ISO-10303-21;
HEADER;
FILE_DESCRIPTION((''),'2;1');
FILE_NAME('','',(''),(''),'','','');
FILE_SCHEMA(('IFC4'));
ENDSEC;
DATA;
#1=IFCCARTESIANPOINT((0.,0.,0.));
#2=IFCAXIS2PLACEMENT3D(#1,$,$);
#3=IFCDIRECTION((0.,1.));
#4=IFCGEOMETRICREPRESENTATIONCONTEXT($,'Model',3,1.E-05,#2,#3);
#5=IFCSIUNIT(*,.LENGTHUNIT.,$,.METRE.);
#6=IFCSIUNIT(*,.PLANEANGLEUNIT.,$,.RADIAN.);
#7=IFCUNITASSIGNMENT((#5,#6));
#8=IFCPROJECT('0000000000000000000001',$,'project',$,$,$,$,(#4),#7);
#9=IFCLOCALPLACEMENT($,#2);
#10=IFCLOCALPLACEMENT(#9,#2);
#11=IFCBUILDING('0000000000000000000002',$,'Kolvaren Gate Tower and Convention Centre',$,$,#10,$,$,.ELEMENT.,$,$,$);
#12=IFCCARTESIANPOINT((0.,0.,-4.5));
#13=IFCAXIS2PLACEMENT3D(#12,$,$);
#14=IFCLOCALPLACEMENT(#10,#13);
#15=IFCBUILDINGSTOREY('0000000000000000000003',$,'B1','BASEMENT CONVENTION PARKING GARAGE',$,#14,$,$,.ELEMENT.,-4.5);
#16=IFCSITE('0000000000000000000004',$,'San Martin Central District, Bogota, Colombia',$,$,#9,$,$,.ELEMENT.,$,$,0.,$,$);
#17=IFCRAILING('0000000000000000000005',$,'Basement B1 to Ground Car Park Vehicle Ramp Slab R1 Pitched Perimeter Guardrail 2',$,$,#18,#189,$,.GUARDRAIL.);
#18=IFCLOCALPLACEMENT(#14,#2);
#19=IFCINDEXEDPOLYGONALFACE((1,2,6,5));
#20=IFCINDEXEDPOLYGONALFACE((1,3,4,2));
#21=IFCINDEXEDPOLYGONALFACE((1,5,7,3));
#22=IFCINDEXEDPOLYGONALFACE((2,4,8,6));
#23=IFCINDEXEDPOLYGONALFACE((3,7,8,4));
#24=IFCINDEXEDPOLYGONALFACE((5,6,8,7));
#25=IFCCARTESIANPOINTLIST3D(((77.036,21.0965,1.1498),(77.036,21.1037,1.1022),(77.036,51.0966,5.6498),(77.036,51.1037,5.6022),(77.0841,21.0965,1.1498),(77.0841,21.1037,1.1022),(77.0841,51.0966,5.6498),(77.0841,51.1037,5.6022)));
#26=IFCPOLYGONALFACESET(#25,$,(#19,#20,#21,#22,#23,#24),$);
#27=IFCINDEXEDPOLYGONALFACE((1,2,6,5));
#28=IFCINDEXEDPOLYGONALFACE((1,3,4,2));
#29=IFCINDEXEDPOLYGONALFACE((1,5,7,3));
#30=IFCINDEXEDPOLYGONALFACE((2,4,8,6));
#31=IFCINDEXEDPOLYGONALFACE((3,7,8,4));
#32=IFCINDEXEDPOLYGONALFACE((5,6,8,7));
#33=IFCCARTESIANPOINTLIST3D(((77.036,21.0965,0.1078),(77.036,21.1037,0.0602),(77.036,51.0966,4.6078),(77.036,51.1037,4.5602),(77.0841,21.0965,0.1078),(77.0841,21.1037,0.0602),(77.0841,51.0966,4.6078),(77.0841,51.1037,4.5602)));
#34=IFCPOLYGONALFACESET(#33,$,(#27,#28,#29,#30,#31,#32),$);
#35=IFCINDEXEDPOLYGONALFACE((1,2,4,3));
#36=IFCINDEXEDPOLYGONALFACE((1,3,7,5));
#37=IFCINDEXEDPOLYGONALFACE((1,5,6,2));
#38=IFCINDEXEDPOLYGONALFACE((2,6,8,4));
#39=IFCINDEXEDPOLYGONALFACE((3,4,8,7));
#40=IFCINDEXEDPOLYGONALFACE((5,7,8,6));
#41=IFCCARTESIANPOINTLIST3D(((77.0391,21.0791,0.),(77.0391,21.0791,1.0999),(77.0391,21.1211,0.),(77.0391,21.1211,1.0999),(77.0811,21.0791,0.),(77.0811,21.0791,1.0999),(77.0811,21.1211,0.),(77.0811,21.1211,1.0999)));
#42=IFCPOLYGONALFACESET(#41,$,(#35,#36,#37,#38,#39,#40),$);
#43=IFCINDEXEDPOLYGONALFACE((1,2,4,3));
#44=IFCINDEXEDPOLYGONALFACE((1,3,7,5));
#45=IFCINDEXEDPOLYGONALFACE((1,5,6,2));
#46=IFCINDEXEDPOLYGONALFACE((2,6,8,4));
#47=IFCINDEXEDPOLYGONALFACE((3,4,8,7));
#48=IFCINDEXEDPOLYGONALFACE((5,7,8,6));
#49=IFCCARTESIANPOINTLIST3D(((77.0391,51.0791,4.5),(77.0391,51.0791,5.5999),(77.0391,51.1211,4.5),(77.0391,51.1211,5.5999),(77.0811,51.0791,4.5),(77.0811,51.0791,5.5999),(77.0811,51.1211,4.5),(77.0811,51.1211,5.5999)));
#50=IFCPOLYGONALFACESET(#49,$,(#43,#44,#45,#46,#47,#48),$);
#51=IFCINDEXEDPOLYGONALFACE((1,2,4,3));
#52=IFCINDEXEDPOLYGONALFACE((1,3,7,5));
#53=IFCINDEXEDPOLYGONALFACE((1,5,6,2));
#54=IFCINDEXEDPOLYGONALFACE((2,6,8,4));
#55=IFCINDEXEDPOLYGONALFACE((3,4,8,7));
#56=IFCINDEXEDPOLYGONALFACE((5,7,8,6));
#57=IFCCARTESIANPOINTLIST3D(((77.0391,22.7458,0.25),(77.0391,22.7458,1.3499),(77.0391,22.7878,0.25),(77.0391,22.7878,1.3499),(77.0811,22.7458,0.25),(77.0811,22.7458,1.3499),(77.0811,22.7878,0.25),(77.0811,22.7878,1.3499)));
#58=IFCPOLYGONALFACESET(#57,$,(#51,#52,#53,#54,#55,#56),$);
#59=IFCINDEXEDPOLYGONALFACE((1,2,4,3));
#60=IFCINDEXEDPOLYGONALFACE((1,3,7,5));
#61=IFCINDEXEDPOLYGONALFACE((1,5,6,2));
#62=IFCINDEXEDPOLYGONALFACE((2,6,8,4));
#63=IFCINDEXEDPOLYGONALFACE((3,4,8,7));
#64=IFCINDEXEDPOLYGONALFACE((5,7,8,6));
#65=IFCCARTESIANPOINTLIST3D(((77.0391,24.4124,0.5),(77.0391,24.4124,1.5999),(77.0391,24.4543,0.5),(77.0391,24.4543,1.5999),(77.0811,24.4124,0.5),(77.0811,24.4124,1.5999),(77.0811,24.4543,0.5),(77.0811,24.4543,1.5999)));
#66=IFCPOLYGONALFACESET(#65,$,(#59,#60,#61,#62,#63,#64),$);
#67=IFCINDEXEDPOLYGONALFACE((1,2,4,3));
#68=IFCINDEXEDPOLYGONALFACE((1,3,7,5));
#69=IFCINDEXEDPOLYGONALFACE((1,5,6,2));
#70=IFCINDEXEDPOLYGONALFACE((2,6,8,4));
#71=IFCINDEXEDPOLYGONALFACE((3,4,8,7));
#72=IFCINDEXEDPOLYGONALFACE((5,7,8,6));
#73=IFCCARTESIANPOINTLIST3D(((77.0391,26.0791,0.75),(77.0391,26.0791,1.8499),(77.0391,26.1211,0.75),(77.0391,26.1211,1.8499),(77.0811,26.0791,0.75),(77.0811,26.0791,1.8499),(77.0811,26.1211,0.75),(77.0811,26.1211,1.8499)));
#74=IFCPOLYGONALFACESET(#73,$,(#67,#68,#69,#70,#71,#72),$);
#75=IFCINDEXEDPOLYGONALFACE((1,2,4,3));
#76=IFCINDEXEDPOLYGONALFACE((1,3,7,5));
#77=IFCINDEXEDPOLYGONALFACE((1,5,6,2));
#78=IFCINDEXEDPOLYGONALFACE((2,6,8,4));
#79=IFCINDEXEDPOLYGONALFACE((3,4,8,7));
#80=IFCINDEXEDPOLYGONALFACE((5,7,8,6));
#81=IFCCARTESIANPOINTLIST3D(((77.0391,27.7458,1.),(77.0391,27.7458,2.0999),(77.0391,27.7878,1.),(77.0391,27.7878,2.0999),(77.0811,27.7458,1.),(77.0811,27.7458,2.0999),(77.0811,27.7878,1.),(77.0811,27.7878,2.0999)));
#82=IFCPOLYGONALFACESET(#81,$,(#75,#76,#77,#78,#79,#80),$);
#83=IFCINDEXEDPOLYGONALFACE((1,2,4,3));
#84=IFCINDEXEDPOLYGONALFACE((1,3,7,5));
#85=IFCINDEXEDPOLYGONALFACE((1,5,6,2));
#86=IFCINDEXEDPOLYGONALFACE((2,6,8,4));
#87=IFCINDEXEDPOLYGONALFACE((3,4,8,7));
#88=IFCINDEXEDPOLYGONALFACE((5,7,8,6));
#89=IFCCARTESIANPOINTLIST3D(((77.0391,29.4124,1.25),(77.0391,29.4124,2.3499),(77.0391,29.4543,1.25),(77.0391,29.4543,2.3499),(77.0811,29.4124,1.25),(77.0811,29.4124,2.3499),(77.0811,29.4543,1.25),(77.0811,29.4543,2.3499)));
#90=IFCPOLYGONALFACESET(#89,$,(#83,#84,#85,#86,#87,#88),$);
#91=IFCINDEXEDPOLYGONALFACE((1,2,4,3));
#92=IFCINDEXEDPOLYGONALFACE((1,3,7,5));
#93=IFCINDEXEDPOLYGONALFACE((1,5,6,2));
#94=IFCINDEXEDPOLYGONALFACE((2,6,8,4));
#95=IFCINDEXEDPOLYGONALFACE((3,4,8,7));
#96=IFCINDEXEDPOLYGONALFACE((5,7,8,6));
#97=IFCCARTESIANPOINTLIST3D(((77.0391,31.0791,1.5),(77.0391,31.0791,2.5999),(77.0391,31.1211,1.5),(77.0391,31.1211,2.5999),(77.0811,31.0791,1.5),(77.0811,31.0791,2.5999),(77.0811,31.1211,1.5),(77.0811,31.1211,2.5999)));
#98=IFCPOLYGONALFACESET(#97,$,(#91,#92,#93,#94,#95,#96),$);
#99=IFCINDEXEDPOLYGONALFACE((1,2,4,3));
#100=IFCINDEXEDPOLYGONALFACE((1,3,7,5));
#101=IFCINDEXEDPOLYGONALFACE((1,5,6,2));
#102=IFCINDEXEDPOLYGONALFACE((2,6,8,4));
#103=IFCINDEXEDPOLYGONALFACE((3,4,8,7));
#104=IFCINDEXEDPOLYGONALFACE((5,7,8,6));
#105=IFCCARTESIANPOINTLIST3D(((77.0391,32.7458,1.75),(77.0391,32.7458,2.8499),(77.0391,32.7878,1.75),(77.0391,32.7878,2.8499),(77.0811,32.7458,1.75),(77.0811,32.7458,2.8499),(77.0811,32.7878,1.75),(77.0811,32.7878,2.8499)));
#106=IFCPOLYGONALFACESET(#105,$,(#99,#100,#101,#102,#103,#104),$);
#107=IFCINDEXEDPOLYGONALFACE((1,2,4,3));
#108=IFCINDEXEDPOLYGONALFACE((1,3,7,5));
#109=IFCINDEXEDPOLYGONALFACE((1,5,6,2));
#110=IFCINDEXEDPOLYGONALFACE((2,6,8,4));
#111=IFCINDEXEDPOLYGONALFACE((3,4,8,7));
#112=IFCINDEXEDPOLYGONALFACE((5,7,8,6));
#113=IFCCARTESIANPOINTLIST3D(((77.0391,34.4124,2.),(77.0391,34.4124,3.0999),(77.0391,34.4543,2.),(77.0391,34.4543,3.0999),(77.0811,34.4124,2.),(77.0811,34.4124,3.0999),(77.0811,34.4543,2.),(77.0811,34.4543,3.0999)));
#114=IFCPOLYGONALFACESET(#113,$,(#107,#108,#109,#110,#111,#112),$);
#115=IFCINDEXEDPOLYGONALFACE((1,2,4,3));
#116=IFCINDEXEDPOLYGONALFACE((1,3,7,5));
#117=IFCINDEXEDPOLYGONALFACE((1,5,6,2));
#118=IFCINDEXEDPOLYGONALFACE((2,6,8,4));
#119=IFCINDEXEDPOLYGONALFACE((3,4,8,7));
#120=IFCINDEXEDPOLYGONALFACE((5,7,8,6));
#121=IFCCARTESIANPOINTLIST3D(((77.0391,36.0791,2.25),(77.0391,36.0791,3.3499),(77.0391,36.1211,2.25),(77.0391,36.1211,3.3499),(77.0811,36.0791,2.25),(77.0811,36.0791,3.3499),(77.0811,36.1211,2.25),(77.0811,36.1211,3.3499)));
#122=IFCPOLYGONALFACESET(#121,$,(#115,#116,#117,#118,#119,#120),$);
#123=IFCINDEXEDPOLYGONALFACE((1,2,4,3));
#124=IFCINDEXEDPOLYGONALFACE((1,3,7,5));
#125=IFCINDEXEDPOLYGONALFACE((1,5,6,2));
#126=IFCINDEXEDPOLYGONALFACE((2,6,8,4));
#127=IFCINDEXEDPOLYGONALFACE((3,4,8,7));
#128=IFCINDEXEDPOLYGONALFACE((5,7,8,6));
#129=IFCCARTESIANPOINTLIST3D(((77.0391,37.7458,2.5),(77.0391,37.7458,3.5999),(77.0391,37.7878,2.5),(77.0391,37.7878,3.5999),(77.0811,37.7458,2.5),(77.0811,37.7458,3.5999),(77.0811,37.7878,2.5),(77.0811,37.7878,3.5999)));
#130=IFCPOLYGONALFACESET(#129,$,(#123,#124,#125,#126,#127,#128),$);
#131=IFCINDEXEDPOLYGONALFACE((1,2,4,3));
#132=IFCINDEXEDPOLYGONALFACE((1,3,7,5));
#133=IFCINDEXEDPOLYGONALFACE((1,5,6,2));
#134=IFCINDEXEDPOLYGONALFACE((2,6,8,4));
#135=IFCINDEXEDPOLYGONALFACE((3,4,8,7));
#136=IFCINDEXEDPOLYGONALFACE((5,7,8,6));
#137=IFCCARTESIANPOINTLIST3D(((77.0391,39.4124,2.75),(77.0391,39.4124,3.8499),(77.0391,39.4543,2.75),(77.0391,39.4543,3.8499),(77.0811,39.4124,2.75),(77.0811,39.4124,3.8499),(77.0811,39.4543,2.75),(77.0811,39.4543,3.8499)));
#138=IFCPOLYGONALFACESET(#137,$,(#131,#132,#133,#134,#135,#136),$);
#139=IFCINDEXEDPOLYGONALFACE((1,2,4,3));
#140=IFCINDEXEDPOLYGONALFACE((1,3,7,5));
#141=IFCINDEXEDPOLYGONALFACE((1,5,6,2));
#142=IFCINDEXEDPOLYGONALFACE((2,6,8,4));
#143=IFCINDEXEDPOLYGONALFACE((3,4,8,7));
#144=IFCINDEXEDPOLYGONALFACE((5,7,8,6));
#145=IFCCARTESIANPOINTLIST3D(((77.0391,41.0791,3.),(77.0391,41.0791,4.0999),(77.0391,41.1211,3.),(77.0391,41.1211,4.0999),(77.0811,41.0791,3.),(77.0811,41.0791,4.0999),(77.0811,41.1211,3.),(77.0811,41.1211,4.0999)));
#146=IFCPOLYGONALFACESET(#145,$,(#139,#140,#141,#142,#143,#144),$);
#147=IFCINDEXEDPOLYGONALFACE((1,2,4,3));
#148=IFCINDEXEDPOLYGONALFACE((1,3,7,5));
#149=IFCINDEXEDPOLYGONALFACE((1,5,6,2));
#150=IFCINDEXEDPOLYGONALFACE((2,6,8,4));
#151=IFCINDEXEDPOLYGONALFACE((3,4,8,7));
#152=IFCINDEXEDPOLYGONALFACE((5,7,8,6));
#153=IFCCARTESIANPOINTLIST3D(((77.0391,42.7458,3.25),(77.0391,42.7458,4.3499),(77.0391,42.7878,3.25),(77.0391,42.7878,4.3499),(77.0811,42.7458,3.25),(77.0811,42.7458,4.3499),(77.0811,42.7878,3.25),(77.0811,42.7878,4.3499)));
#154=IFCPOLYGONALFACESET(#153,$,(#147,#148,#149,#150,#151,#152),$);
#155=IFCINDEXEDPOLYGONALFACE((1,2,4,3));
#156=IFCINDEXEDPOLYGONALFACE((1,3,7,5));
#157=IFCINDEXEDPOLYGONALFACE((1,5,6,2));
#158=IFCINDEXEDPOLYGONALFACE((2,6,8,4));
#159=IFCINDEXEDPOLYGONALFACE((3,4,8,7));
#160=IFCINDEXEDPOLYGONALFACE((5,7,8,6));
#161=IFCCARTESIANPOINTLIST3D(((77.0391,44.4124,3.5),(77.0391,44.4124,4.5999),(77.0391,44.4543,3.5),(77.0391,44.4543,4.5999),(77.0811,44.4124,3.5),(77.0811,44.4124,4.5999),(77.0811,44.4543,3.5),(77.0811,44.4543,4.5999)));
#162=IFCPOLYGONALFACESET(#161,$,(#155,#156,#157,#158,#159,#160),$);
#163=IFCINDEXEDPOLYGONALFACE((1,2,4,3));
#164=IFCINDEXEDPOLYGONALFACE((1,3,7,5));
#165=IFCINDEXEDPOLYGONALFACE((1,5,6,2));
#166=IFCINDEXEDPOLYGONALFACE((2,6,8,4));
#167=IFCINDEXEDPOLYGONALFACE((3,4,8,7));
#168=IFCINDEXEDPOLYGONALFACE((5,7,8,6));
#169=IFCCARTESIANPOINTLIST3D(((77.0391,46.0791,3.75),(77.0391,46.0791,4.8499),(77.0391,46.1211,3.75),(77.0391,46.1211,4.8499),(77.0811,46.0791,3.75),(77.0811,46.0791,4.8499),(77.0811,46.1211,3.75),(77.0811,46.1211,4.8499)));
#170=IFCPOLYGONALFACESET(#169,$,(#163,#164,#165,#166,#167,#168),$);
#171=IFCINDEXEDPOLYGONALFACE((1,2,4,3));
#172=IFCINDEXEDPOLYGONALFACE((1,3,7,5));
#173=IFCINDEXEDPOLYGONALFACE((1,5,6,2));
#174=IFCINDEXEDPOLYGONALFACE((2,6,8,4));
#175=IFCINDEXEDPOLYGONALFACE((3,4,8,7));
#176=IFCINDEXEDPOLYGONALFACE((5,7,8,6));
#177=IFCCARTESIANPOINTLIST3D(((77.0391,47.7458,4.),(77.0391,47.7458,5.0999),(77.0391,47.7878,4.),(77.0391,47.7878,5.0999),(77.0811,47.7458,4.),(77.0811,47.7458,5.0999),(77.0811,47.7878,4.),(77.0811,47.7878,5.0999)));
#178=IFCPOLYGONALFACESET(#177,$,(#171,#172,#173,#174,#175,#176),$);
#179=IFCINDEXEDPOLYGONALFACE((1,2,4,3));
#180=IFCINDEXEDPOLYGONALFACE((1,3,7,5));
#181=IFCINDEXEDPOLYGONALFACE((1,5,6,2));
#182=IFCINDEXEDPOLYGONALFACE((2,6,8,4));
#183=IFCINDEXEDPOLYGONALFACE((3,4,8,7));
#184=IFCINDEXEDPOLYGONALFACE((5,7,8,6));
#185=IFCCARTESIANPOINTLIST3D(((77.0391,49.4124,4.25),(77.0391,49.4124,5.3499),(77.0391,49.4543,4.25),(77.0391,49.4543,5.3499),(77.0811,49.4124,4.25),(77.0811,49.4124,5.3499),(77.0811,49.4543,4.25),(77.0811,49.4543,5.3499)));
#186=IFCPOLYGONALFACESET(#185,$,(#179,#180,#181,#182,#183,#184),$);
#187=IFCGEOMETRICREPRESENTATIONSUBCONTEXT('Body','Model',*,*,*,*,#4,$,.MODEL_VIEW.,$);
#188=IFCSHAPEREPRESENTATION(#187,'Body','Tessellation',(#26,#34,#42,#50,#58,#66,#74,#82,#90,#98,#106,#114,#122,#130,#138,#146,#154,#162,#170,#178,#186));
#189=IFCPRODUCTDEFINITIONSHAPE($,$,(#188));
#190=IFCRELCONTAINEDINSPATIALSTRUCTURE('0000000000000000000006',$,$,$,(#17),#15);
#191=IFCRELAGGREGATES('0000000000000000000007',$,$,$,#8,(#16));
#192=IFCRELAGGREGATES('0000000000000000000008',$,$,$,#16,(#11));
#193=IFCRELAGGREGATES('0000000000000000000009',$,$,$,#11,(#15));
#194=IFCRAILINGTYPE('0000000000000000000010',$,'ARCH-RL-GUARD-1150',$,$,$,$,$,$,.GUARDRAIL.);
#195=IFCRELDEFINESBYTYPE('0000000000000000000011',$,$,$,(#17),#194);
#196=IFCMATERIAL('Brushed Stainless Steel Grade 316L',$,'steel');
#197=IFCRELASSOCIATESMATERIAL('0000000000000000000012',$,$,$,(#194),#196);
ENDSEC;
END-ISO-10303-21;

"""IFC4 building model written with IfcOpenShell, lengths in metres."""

from ifc_helpers import new_model, si_unit, direction, frame, origin, origin_2d, place, context, subcontext, project, spatial, rectangle, extrude, material, type_object, element, save


model = new_model("IFC4")

# Units and contexts
model_context = context("Model", 3, precision=1e-05, world=origin(), true_north=direction((0.0, 1.0)))
body_context = subcontext(model_context, "Body", "Model", "MODEL_VIEW")
ifc_project = project(units=[si_unit("LENGTHUNIT", "METRE"), si_unit("PLANEANGLEUNIT", "RADIAN")], contexts=[model_context])

# Site, building, storey
site_placement = place(None, origin())
site = spatial("IfcSite", under=ifc_project, at=site_placement, Name="San Martin Central District, Bogota, Colombia", CompositionType="ELEMENT", RefElevation=0.0)
building_placement = place(site_placement, origin())
building = spatial("IfcBuilding", under=site, at=building_placement, Name="Kolvaren Gate Tower and Convention Centre", CompositionType="ELEMENT")
storey_placement = place(building_placement, frame((0.0, 0.0, -4.5)))
storey = spatial("IfcBuildingStorey", under=building, at=storey_placement, Name="B1", Description="BASEMENT CONVENTION PARKING GARAGE", CompositionType="ELEMENT", Elevation=-4.5)

# Railing
ifc_material_1 = material(Name="Brushed Stainless Steel Grade 316L", Category="steel")
railing_type = type_object("IfcRailingType", Name="ARCH-RL-GUARD-1150", PredefinedType="GUARDRAIL", material=ifc_material_1)
railing_1_placement = place(storey_placement, frame((77.0601, 21.1001, 0.0)))
element("IfcRailing", 1, at=railing_1_placement, inside=storey, type_object=railing_type, Name="Basement B1 to Ground Car Park Vehicle Ramp Slab R1 Pitched Perimeter Guardrail 2", PredefinedType="GUARDRAIL", context=body_context, shape_type="SweptSolid", body=[
    extrude(rectangle(XDim=0.0481, YDim=0.0481, at=origin_2d()), frame((0.0, 0.0, 1.126), z_axis=(0.0, 0.988936, 0.14834), x_axis=(-1.0, 0.0, 0.0)), (0.0, 0.0, 1.0), 30.3357),
    extrude(rectangle(XDim=0.0481, YDim=0.0481, at=origin_2d()), frame((0.0, 0.0, 0.084), z_axis=(0.0, 0.988936, 0.14834), x_axis=(-1.0, 0.0, 0.0)), (0.0, 0.0, 1.0), 30.3357),
    extrude(rectangle(XDim=0.042, YDim=0.042, at=origin_2d()), origin(), (0.0, 0.0, 1.0), 1.0999),
    extrude(rectangle(XDim=0.042, YDim=0.042, at=origin_2d()), frame((0.0, 30.0, 4.5)), (0.0, 0.0, 1.0), 1.0999),
    extrude(rectangle(XDim=0.042, YDim=0.042, at=origin_2d()), frame((0.0, 1.6667, 0.25)), (0.0, 0.0, 1.0), 1.0999),
    extrude(rectangle(XDim=0.042, YDim=0.042, at=origin_2d()), frame((0.0, 3.3333, 0.5)), (0.0, 0.0, 1.0), 1.0999),
    extrude(rectangle(XDim=0.042, YDim=0.042, at=origin_2d()), frame((0.0, 5.0, 0.75)), (0.0, 0.0, 1.0), 1.0999),
    extrude(rectangle(XDim=0.042, YDim=0.042, at=origin_2d()), frame((0.0, 6.6667, 1.0)), (0.0, 0.0, 1.0), 1.0999),
    extrude(rectangle(XDim=0.042, YDim=0.042, at=origin_2d()), frame((0.0, 8.3333, 1.25)), (0.0, 0.0, 1.0), 1.0999),
    extrude(rectangle(XDim=0.042, YDim=0.042, at=origin_2d()), frame((0.0, 10.0, 1.5)), (0.0, 0.0, 1.0), 1.0999),
    extrude(rectangle(XDim=0.042, YDim=0.042, at=origin_2d()), frame((0.0, 11.6667, 1.75)), (0.0, 0.0, 1.0), 1.0999),
    extrude(rectangle(XDim=0.042, YDim=0.042, at=origin_2d()), frame((0.0, 13.3333, 2.0)), (0.0, 0.0, 1.0), 1.0999),
    extrude(rectangle(XDim=0.042, YDim=0.042, at=origin_2d()), frame((0.0, 15.0, 2.25)), (0.0, 0.0, 1.0), 1.0999),
    extrude(rectangle(XDim=0.042, YDim=0.042, at=origin_2d()), frame((0.0, 16.6667, 2.5)), (0.0, 0.0, 1.0), 1.0999),
    extrude(rectangle(XDim=0.042, YDim=0.042, at=origin_2d()), frame((0.0, 18.3333, 2.75)), (0.0, 0.0, 1.0), 1.0999),
    extrude(rectangle(XDim=0.042, YDim=0.042, at=origin_2d()), frame((0.0, 20.0, 3.0)), (0.0, 0.0, 1.0), 1.0999),
    extrude(rectangle(XDim=0.042, YDim=0.042, at=origin_2d()), frame((0.0, 21.6667, 3.25)), (0.0, 0.0, 1.0), 1.0999),
    extrude(rectangle(XDim=0.042, YDim=0.042, at=origin_2d()), frame((0.0, 23.3333, 3.5)), (0.0, 0.0, 1.0), 1.0999),
    extrude(rectangle(XDim=0.042, YDim=0.042, at=origin_2d()), frame((0.0, 25.0, 3.75)), (0.0, 0.0, 1.0), 1.0999),
    extrude(rectangle(XDim=0.042, YDim=0.042, at=origin_2d()), frame((0.0, 26.6667, 4.0)), (0.0, 0.0, 1.0), 1.0999),
    extrude(rectangle(XDim=0.042, YDim=0.042, at=origin_2d()), frame((0.0, 28.3333, 4.25)), (0.0, 0.0, 1.0), 1.0999),
])

save(model, "model.ifc")
